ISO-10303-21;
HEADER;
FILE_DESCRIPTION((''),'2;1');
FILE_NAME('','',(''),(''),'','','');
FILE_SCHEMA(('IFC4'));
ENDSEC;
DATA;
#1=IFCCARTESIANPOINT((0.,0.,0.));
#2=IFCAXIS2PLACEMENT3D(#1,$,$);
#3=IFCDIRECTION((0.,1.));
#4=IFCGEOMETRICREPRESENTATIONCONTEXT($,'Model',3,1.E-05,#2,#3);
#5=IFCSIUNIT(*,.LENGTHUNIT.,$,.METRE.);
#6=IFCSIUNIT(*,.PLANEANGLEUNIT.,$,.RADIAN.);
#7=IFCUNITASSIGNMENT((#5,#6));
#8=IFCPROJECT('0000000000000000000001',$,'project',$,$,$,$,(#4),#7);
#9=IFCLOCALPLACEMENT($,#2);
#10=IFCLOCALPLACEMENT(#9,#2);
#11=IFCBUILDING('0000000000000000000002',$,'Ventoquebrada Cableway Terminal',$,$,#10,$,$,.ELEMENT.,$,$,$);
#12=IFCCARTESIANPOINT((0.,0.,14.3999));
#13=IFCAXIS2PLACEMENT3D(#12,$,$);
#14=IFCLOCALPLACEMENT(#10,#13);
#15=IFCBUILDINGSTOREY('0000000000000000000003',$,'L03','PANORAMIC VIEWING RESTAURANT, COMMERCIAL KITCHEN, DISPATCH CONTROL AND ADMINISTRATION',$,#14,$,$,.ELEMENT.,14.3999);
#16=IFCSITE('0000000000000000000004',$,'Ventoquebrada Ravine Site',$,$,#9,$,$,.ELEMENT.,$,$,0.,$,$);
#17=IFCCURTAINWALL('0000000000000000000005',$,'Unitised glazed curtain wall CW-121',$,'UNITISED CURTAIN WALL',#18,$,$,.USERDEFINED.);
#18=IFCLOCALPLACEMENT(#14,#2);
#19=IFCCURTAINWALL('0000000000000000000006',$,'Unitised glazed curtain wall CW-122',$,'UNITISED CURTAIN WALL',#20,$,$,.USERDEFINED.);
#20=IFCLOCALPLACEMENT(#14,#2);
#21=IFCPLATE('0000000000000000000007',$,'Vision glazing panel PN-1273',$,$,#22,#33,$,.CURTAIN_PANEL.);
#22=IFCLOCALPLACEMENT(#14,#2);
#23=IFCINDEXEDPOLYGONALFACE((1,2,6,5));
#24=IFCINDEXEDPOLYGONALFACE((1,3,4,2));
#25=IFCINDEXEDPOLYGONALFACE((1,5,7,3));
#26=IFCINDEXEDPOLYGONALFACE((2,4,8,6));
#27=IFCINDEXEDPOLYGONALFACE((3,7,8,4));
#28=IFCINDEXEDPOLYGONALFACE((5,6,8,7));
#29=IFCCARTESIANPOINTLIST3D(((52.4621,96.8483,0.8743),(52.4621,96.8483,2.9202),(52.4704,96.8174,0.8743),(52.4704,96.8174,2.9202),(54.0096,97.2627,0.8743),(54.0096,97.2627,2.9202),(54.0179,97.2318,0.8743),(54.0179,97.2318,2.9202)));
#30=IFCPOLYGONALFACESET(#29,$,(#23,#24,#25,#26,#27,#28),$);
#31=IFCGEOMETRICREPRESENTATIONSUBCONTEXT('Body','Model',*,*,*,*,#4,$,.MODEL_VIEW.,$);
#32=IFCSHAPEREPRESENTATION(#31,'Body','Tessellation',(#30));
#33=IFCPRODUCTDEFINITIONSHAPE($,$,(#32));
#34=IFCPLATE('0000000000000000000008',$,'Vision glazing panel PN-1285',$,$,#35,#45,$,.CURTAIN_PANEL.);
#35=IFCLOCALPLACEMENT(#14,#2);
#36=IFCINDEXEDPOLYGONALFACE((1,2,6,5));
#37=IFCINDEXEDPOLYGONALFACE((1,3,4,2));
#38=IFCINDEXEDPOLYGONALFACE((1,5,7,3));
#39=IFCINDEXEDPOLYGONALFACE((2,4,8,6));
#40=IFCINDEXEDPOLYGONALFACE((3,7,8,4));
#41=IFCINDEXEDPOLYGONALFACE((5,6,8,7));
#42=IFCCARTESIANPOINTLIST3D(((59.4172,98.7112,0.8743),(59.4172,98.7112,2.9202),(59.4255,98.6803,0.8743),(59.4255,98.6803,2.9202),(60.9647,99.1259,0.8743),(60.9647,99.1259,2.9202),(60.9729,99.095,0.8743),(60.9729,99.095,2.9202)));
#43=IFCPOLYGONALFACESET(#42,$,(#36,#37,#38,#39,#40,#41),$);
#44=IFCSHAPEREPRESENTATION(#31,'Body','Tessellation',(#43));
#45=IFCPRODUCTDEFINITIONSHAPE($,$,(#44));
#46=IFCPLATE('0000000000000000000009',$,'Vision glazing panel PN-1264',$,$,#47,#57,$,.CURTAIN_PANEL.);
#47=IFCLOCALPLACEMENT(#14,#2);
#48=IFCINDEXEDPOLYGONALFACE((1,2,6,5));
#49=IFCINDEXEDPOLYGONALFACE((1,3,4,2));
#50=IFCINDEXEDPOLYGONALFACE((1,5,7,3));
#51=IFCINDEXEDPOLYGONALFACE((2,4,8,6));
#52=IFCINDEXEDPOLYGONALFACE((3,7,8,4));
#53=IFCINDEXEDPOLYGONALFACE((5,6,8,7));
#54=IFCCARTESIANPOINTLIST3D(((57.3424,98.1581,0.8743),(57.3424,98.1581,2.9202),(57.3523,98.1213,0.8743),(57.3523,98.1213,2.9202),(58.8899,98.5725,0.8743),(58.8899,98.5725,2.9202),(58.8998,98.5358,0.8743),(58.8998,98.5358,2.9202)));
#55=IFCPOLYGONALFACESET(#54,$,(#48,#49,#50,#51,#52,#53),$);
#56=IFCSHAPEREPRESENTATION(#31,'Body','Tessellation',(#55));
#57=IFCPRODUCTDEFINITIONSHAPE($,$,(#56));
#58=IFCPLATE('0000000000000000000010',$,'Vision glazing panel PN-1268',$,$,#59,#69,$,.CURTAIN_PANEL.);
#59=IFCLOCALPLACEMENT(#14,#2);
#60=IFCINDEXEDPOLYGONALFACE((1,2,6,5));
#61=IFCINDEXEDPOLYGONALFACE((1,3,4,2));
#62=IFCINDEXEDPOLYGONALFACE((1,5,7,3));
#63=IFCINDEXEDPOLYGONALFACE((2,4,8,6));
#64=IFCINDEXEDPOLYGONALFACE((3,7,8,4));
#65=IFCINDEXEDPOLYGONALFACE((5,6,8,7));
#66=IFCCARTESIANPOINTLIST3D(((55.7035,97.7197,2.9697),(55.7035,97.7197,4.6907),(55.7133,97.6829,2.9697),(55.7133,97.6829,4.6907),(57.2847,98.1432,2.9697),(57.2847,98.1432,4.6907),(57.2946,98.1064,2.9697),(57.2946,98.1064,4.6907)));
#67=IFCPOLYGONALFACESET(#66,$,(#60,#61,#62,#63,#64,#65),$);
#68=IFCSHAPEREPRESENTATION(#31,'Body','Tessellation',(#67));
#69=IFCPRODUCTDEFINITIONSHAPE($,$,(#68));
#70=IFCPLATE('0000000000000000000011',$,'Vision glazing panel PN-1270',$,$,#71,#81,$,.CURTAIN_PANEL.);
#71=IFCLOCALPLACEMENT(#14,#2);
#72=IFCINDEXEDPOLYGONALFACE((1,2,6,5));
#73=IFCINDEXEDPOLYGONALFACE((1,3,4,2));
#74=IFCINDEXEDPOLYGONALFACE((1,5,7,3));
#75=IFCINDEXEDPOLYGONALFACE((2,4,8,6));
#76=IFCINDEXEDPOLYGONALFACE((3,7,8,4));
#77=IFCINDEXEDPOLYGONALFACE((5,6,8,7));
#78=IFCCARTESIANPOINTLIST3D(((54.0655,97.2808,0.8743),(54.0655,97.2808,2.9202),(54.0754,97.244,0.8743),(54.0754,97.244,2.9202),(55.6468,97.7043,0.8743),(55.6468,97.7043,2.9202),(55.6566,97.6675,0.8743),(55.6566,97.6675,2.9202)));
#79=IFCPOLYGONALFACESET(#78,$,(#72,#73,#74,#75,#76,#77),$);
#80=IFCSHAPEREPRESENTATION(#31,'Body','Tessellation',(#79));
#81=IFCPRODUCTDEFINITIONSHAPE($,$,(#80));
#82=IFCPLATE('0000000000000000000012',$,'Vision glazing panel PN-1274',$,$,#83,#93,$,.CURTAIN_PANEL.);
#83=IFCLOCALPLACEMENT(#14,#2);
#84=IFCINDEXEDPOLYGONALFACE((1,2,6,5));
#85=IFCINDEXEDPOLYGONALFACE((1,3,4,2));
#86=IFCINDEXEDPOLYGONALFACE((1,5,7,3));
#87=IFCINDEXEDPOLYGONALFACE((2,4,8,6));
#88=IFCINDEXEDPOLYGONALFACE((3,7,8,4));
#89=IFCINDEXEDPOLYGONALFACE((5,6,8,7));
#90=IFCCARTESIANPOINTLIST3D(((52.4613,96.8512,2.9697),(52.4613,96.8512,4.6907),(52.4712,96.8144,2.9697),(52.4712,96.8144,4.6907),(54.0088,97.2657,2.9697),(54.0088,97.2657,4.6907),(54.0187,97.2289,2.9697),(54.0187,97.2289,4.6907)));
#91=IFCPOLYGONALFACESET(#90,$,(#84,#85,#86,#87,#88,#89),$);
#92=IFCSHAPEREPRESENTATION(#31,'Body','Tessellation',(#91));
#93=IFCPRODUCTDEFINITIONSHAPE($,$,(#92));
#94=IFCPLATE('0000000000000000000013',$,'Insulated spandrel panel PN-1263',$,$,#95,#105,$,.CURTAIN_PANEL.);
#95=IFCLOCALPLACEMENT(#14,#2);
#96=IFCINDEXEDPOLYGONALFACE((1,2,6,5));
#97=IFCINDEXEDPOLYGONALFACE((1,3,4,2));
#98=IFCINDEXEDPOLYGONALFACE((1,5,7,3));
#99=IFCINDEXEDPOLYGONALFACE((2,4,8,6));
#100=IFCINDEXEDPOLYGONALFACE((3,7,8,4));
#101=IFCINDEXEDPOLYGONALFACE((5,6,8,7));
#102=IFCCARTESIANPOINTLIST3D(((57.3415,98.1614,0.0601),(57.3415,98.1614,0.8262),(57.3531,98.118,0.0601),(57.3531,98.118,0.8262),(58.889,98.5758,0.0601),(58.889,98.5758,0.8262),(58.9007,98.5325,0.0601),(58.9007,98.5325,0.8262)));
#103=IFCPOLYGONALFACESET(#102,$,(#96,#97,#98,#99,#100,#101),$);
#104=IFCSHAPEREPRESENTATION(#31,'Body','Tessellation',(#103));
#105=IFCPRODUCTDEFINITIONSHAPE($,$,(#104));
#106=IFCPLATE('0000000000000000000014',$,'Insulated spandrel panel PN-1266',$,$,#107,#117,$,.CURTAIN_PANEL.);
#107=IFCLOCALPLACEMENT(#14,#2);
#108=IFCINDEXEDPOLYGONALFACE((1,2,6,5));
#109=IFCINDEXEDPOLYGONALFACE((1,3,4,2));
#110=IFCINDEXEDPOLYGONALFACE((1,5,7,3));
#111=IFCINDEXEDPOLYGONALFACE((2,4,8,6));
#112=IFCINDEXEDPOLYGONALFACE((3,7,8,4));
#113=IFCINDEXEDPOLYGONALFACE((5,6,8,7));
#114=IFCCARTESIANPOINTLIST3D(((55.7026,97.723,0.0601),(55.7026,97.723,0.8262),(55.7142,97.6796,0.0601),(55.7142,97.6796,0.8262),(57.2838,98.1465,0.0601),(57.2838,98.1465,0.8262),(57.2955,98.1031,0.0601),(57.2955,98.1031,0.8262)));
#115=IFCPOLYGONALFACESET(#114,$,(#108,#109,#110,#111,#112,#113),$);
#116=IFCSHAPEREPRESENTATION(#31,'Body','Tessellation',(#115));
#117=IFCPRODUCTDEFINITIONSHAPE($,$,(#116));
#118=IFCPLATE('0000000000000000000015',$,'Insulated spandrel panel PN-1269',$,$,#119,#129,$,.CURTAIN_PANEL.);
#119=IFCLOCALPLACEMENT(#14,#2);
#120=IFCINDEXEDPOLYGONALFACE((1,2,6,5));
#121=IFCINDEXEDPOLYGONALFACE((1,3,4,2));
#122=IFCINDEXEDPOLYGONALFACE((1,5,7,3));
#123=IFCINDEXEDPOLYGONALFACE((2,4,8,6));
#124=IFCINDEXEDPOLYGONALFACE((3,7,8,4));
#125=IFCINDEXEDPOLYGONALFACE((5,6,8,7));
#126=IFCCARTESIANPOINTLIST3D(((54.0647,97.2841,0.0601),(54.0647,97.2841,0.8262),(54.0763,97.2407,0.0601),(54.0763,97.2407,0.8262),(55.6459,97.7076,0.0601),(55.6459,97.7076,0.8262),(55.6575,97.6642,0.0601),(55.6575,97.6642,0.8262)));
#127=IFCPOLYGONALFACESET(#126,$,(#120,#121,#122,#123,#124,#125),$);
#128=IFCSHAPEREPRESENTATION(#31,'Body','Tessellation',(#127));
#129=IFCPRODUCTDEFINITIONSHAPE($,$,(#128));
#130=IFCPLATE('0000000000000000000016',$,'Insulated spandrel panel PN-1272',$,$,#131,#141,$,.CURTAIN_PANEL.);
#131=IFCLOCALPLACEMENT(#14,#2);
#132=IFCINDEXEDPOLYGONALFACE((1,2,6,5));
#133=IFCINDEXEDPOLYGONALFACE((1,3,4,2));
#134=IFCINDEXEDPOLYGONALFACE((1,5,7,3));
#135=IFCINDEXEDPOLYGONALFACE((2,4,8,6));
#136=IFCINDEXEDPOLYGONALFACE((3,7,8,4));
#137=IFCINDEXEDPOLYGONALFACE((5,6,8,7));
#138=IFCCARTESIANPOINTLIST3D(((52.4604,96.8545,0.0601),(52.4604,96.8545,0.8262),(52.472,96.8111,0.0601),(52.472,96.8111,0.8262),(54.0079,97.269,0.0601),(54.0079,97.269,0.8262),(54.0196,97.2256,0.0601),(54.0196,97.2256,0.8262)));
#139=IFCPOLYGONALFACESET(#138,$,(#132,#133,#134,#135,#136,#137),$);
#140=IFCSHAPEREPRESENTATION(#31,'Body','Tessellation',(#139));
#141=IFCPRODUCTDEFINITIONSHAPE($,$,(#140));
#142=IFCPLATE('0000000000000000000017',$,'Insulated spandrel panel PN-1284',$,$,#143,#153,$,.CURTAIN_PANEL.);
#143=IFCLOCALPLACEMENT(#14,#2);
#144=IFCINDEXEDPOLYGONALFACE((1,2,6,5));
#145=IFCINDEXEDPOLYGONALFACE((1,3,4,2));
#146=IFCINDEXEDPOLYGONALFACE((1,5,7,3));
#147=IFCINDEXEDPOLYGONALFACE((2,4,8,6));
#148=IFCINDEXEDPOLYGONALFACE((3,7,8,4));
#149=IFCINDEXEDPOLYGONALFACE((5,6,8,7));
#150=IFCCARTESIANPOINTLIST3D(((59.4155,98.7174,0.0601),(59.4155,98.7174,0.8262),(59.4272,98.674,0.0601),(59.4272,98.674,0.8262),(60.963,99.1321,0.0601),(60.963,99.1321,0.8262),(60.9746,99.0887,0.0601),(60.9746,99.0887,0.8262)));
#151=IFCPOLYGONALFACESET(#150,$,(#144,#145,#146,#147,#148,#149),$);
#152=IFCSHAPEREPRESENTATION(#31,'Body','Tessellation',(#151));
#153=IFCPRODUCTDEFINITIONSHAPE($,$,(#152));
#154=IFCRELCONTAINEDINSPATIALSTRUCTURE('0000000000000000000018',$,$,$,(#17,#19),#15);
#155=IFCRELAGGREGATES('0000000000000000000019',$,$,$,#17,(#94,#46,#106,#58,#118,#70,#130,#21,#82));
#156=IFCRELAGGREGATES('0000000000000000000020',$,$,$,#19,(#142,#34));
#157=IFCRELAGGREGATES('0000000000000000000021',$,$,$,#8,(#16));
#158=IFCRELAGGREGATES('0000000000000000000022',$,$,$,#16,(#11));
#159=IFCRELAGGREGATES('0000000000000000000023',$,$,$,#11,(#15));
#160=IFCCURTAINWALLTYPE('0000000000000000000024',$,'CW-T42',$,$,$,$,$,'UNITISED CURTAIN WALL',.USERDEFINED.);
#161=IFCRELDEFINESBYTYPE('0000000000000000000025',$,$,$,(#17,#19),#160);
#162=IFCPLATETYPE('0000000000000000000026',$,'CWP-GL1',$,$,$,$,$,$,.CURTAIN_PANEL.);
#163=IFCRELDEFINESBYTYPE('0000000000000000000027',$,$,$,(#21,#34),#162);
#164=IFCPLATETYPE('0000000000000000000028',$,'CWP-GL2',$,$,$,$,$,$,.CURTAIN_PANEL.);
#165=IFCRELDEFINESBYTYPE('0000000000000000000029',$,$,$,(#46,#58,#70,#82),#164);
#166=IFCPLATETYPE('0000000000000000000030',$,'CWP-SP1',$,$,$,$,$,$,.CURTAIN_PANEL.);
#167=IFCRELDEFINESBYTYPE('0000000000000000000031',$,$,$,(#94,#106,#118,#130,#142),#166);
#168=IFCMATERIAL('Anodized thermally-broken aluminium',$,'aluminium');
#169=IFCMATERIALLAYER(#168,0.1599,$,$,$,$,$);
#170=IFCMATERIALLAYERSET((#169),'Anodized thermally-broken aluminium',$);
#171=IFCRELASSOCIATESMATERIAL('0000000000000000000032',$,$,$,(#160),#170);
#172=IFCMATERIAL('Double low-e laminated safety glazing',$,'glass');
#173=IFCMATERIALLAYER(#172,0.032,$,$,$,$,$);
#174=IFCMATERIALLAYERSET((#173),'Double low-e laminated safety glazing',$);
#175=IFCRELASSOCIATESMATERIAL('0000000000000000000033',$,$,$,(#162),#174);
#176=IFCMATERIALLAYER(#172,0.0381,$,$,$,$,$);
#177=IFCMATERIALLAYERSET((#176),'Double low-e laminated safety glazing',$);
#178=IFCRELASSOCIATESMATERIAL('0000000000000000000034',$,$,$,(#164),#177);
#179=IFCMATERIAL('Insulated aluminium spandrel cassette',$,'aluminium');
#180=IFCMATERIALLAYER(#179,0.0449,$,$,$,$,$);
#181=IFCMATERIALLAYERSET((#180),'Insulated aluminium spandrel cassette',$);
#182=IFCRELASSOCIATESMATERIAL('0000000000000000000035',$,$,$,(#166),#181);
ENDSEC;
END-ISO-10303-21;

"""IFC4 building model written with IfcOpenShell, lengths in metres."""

from ifc_helpers import new_model, si_unit, direction, frame, origin, origin_2d, place, context, subcontext, project, spatial, rectangle, extrude, material, layer, layer_set, type_object, element, aggregate, save


model = new_model("IFC4")

# Units and contexts
model_context = context("Model", 3, precision=1e-05, world=origin(), true_north=direction((0.0, 1.0)))
body_context = subcontext(model_context, "Body", "Model", "MODEL_VIEW")
ifc_project = project(units=[si_unit("LENGTHUNIT", "METRE"), si_unit("PLANEANGLEUNIT", "RADIAN")], contexts=[model_context])

# Site, building, storey
site_placement = place(None, origin())
site = spatial("IfcSite", under=ifc_project, at=site_placement, Name="Ventoquebrada Ravine Site", CompositionType="ELEMENT", RefElevation=0.0)
building_placement = place(site_placement, origin())
building = spatial("IfcBuilding", under=site, at=building_placement, Name="Ventoquebrada Cableway Terminal", CompositionType="ELEMENT")
storey_placement = place(building_placement, frame((0.0, 0.0, 14.3999)))
storey = spatial("IfcBuildingStorey", under=building, at=storey_placement, Name="L03", Description="PANORAMIC VIEWING RESTAURANT, COMMERCIAL KITCHEN, DISPATCH CONTROL AND ADMINISTRATION", CompositionType="ELEMENT", Elevation=14.3999)

# Curtain wall
ifc_material_1 = material(Name="Anodized thermally-broken aluminium", Category="aluminium")
ifc_layer_1 = layer(ifc_material_1, 0.1599)
ifc_layer_set_1 = layer_set([ifc_layer_1], Name="Anodized thermally-broken aluminium")
curtain_wall_type = type_object("IfcCurtainWallType", Name="CW-T42", ElementType="UNITISED CURTAIN WALL", PredefinedType="USERDEFINED", material=ifc_layer_set_1)
curtain_wall_1_placement = place(storey_placement, origin())
curtain_wall_1 = element("IfcCurtainWall", 1, at=curtain_wall_1_placement, inside=storey, type_object=curtain_wall_type, Name="Unitised glazed curtain wall CW-121", ObjectType="UNITISED CURTAIN WALL", PredefinedType="USERDEFINED")

# Curtain wall
curtain_wall_2_placement = place(storey_placement, origin())
curtain_wall_2 = element("IfcCurtainWall", 2, at=curtain_wall_2_placement, inside=storey, type_object=curtain_wall_type, Name="Unitised glazed curtain wall CW-122", ObjectType="UNITISED CURTAIN WALL", PredefinedType="USERDEFINED")

# Plates
ifc_material_2 = material(Name="Double low-e laminated safety glazing", Category="glass")
ifc_layer_2 = layer(ifc_material_2, 0.032)
ifc_layer_set_2 = layer_set([ifc_layer_2], Name="Double low-e laminated safety glazing")
plate_type_1 = type_object("IfcPlateType", Name="CWP-GL1", PredefinedType="CURTAIN_PANEL", material=ifc_layer_set_2)
plate_1_placement = place(storey_placement, frame((53.24, 97.04, 0.8743), z_axis=(0.0, 0.0, 1.0), x_axis=(-0.965957, -0.258701, 0.0)))
plate_1 = element("IfcPlate", 3, at=plate_1_placement, type_object=plate_type_1, Name="Vision glazing panel PN-1273", PredefinedType="CURTAIN_PANEL", context=body_context, shape_type="SweptSolid", body=[
    extrude(rectangle(XDim=1.6021, YDim=0.032, at=origin_2d()), origin(), (0.0, 0.0, 1.0), 2.0459),
])
plate_2_placement = place(storey_placement, frame((60.1951, 98.9031, 0.8743), z_axis=(0.0, 0.0, 1.0), x_axis=(-0.965921, -0.258836, 0.0)))
plate_2 = element("IfcPlate", 4, at=plate_2_placement, type_object=plate_type_1, Name="Vision glazing panel PN-1285", PredefinedType="CURTAIN_PANEL", context=body_context, shape_type="SweptSolid", body=[
    extrude(rectangle(XDim=1.6021, YDim=0.032, at=origin_2d()), origin(), (0.0, 0.0, 1.0), 2.0459),
])
ifc_layer_3 = layer(ifc_material_2, 0.0381)
ifc_layer_set_3 = layer_set([ifc_layer_3], Name="Double low-e laminated safety glazing")
plate_type_2 = type_object("IfcPlateType", Name="CWP-GL2", PredefinedType="CURTAIN_PANEL", material=ifc_layer_set_3)
plate_3_placement = place(storey_placement, frame((58.1211, 98.3469, 0.8743), z_axis=(0.0, 0.0, 1.0), x_axis=(-0.965957, -0.258701, 0.0)))
plate_3 = element("IfcPlate", 5, at=plate_3_placement, type_object=plate_type_2, Name="Vision glazing panel PN-1264", PredefinedType="CURTAIN_PANEL", context=body_context, shape_type="SweptSolid", body=[
    extrude(rectangle(XDim=1.6021, YDim=0.0381, at=origin_2d()), origin(), (0.0, 0.0, 1.0), 2.0459),
])
plate_4_placement = place(storey_placement, frame((56.499, 97.9131, 2.9697), z_axis=(0.0, 0.0, 1.0), x_axis=(-0.965957, -0.258701, 0.0)))
plate_4 = element("IfcPlate", 6, at=plate_4_placement, type_object=plate_type_2, Name="Vision glazing panel PN-1268", PredefinedType="CURTAIN_PANEL", context=body_context, shape_type="SweptSolid", body=[
    extrude(rectangle(XDim=1.637, YDim=0.0381, at=origin_2d()), origin(), (0.0, 0.0, 1.0), 1.7209),
])
plate_5_placement = place(storey_placement, frame((54.8611, 97.4741, 0.8743), z_axis=(0.0, 0.0, 1.0), x_axis=(-0.965957, -0.258701, 0.0)))
plate_5 = element("IfcPlate", 7, at=plate_5_placement, type_object=plate_type_2, Name="Vision glazing panel PN-1270", PredefinedType="CURTAIN_PANEL", context=body_context, shape_type="SweptSolid", body=[
    extrude(rectangle(XDim=1.637, YDim=0.0381, at=origin_2d()), origin(), (0.0, 0.0, 1.0), 2.0459),
])
plate_6_placement = place(storey_placement, frame((53.24, 97.04, 2.9697), z_axis=(0.0, 0.0, 1.0), x_axis=(-0.965957, -0.258701, 0.0)))
plate_6 = element("IfcPlate", 8, at=plate_6_placement, type_object=plate_type_2, Name="Vision glazing panel PN-1274", PredefinedType="CURTAIN_PANEL", context=body_context, shape_type="SweptSolid", body=[
    extrude(rectangle(XDim=1.6021, YDim=0.0381, at=origin_2d()), origin(), (0.0, 0.0, 1.0), 1.7209),
])
ifc_material_3 = material(Name="Insulated aluminium spandrel cassette", Category="aluminium")
ifc_layer_4 = layer(ifc_material_3, 0.0449)
ifc_layer_set_4 = layer_set([ifc_layer_4], Name="Insulated aluminium spandrel cassette")
plate_type_3 = type_object("IfcPlateType", Name="CWP-SP1", PredefinedType="CURTAIN_PANEL", material=ifc_layer_set_4)
plate_7_placement = place(storey_placement, frame((58.1211, 98.3469, 0.0601), z_axis=(0.0, 0.0, 1.0), x_axis=(-0.965957, -0.258701, 0.0)))
plate_7 = element("IfcPlate", 9, at=plate_7_placement, type_object=plate_type_3, Name="Insulated spandrel panel PN-1263", PredefinedType="CURTAIN_PANEL", context=body_context, shape_type="SweptSolid", body=[
    extrude(rectangle(XDim=1.6021, YDim=0.0449, at=origin_2d()), origin(), (0.0, 0.0, 1.0), 0.7661),
])
plate_8_placement = place(storey_placement, frame((56.499, 97.9131, 0.0601), z_axis=(0.0, 0.0, 1.0), x_axis=(-0.965957, -0.258701, 0.0)))
plate_8 = element("IfcPlate", 10, at=plate_8_placement, type_object=plate_type_3, Name="Insulated spandrel panel PN-1266", PredefinedType="CURTAIN_PANEL", context=body_context, shape_type="SweptSolid", body=[
    extrude(rectangle(XDim=1.637, YDim=0.0449, at=origin_2d()), origin(), (0.0, 0.0, 1.0), 0.7661),
])
plate_9_placement = place(storey_placement, frame((54.8611, 97.4741, 0.0601), z_axis=(0.0, 0.0, 1.0), x_axis=(-0.965957, -0.258701, 0.0)))
plate_9 = element("IfcPlate", 11, at=plate_9_placement, type_object=plate_type_3, Name="Insulated spandrel panel PN-1269", PredefinedType="CURTAIN_PANEL", context=body_context, shape_type="SweptSolid", body=[
    extrude(rectangle(XDim=1.637, YDim=0.0449, at=origin_2d()), origin(), (0.0, 0.0, 1.0), 0.7661),
])
plate_10_placement = place(storey_placement, frame((53.24, 97.04, 0.0601), z_axis=(0.0, 0.0, 1.0), x_axis=(-0.965957, -0.258701, 0.0)))
plate_10 = element("IfcPlate", 12, at=plate_10_placement, type_object=plate_type_3, Name="Insulated spandrel panel PN-1272", PredefinedType="CURTAIN_PANEL", context=body_context, shape_type="SweptSolid", body=[
    extrude(rectangle(XDim=1.6021, YDim=0.0449, at=origin_2d()), origin(), (0.0, 0.0, 1.0), 0.7661),
])
aggregate(curtain_wall_1, [plate_7, plate_3, plate_8, plate_4, plate_9, plate_5, plate_10, plate_1, plate_6])
plate_11_placement = place(storey_placement, frame((60.1951, 98.9031, 0.0601), z_axis=(0.0, 0.0, 1.0), x_axis=(-0.965921, -0.258836, 0.0)))
plate_11 = element("IfcPlate", 13, at=plate_11_placement, type_object=plate_type_3, Name="Insulated spandrel panel PN-1284", PredefinedType="CURTAIN_PANEL", context=body_context, shape_type="SweptSolid", body=[
    extrude(rectangle(XDim=1.6021, YDim=0.0449, at=origin_2d()), origin(), (0.0, 0.0, 1.0), 0.7661),
])
aggregate(curtain_wall_2, [plate_11, plate_2])

save(model, "model.ifc")
